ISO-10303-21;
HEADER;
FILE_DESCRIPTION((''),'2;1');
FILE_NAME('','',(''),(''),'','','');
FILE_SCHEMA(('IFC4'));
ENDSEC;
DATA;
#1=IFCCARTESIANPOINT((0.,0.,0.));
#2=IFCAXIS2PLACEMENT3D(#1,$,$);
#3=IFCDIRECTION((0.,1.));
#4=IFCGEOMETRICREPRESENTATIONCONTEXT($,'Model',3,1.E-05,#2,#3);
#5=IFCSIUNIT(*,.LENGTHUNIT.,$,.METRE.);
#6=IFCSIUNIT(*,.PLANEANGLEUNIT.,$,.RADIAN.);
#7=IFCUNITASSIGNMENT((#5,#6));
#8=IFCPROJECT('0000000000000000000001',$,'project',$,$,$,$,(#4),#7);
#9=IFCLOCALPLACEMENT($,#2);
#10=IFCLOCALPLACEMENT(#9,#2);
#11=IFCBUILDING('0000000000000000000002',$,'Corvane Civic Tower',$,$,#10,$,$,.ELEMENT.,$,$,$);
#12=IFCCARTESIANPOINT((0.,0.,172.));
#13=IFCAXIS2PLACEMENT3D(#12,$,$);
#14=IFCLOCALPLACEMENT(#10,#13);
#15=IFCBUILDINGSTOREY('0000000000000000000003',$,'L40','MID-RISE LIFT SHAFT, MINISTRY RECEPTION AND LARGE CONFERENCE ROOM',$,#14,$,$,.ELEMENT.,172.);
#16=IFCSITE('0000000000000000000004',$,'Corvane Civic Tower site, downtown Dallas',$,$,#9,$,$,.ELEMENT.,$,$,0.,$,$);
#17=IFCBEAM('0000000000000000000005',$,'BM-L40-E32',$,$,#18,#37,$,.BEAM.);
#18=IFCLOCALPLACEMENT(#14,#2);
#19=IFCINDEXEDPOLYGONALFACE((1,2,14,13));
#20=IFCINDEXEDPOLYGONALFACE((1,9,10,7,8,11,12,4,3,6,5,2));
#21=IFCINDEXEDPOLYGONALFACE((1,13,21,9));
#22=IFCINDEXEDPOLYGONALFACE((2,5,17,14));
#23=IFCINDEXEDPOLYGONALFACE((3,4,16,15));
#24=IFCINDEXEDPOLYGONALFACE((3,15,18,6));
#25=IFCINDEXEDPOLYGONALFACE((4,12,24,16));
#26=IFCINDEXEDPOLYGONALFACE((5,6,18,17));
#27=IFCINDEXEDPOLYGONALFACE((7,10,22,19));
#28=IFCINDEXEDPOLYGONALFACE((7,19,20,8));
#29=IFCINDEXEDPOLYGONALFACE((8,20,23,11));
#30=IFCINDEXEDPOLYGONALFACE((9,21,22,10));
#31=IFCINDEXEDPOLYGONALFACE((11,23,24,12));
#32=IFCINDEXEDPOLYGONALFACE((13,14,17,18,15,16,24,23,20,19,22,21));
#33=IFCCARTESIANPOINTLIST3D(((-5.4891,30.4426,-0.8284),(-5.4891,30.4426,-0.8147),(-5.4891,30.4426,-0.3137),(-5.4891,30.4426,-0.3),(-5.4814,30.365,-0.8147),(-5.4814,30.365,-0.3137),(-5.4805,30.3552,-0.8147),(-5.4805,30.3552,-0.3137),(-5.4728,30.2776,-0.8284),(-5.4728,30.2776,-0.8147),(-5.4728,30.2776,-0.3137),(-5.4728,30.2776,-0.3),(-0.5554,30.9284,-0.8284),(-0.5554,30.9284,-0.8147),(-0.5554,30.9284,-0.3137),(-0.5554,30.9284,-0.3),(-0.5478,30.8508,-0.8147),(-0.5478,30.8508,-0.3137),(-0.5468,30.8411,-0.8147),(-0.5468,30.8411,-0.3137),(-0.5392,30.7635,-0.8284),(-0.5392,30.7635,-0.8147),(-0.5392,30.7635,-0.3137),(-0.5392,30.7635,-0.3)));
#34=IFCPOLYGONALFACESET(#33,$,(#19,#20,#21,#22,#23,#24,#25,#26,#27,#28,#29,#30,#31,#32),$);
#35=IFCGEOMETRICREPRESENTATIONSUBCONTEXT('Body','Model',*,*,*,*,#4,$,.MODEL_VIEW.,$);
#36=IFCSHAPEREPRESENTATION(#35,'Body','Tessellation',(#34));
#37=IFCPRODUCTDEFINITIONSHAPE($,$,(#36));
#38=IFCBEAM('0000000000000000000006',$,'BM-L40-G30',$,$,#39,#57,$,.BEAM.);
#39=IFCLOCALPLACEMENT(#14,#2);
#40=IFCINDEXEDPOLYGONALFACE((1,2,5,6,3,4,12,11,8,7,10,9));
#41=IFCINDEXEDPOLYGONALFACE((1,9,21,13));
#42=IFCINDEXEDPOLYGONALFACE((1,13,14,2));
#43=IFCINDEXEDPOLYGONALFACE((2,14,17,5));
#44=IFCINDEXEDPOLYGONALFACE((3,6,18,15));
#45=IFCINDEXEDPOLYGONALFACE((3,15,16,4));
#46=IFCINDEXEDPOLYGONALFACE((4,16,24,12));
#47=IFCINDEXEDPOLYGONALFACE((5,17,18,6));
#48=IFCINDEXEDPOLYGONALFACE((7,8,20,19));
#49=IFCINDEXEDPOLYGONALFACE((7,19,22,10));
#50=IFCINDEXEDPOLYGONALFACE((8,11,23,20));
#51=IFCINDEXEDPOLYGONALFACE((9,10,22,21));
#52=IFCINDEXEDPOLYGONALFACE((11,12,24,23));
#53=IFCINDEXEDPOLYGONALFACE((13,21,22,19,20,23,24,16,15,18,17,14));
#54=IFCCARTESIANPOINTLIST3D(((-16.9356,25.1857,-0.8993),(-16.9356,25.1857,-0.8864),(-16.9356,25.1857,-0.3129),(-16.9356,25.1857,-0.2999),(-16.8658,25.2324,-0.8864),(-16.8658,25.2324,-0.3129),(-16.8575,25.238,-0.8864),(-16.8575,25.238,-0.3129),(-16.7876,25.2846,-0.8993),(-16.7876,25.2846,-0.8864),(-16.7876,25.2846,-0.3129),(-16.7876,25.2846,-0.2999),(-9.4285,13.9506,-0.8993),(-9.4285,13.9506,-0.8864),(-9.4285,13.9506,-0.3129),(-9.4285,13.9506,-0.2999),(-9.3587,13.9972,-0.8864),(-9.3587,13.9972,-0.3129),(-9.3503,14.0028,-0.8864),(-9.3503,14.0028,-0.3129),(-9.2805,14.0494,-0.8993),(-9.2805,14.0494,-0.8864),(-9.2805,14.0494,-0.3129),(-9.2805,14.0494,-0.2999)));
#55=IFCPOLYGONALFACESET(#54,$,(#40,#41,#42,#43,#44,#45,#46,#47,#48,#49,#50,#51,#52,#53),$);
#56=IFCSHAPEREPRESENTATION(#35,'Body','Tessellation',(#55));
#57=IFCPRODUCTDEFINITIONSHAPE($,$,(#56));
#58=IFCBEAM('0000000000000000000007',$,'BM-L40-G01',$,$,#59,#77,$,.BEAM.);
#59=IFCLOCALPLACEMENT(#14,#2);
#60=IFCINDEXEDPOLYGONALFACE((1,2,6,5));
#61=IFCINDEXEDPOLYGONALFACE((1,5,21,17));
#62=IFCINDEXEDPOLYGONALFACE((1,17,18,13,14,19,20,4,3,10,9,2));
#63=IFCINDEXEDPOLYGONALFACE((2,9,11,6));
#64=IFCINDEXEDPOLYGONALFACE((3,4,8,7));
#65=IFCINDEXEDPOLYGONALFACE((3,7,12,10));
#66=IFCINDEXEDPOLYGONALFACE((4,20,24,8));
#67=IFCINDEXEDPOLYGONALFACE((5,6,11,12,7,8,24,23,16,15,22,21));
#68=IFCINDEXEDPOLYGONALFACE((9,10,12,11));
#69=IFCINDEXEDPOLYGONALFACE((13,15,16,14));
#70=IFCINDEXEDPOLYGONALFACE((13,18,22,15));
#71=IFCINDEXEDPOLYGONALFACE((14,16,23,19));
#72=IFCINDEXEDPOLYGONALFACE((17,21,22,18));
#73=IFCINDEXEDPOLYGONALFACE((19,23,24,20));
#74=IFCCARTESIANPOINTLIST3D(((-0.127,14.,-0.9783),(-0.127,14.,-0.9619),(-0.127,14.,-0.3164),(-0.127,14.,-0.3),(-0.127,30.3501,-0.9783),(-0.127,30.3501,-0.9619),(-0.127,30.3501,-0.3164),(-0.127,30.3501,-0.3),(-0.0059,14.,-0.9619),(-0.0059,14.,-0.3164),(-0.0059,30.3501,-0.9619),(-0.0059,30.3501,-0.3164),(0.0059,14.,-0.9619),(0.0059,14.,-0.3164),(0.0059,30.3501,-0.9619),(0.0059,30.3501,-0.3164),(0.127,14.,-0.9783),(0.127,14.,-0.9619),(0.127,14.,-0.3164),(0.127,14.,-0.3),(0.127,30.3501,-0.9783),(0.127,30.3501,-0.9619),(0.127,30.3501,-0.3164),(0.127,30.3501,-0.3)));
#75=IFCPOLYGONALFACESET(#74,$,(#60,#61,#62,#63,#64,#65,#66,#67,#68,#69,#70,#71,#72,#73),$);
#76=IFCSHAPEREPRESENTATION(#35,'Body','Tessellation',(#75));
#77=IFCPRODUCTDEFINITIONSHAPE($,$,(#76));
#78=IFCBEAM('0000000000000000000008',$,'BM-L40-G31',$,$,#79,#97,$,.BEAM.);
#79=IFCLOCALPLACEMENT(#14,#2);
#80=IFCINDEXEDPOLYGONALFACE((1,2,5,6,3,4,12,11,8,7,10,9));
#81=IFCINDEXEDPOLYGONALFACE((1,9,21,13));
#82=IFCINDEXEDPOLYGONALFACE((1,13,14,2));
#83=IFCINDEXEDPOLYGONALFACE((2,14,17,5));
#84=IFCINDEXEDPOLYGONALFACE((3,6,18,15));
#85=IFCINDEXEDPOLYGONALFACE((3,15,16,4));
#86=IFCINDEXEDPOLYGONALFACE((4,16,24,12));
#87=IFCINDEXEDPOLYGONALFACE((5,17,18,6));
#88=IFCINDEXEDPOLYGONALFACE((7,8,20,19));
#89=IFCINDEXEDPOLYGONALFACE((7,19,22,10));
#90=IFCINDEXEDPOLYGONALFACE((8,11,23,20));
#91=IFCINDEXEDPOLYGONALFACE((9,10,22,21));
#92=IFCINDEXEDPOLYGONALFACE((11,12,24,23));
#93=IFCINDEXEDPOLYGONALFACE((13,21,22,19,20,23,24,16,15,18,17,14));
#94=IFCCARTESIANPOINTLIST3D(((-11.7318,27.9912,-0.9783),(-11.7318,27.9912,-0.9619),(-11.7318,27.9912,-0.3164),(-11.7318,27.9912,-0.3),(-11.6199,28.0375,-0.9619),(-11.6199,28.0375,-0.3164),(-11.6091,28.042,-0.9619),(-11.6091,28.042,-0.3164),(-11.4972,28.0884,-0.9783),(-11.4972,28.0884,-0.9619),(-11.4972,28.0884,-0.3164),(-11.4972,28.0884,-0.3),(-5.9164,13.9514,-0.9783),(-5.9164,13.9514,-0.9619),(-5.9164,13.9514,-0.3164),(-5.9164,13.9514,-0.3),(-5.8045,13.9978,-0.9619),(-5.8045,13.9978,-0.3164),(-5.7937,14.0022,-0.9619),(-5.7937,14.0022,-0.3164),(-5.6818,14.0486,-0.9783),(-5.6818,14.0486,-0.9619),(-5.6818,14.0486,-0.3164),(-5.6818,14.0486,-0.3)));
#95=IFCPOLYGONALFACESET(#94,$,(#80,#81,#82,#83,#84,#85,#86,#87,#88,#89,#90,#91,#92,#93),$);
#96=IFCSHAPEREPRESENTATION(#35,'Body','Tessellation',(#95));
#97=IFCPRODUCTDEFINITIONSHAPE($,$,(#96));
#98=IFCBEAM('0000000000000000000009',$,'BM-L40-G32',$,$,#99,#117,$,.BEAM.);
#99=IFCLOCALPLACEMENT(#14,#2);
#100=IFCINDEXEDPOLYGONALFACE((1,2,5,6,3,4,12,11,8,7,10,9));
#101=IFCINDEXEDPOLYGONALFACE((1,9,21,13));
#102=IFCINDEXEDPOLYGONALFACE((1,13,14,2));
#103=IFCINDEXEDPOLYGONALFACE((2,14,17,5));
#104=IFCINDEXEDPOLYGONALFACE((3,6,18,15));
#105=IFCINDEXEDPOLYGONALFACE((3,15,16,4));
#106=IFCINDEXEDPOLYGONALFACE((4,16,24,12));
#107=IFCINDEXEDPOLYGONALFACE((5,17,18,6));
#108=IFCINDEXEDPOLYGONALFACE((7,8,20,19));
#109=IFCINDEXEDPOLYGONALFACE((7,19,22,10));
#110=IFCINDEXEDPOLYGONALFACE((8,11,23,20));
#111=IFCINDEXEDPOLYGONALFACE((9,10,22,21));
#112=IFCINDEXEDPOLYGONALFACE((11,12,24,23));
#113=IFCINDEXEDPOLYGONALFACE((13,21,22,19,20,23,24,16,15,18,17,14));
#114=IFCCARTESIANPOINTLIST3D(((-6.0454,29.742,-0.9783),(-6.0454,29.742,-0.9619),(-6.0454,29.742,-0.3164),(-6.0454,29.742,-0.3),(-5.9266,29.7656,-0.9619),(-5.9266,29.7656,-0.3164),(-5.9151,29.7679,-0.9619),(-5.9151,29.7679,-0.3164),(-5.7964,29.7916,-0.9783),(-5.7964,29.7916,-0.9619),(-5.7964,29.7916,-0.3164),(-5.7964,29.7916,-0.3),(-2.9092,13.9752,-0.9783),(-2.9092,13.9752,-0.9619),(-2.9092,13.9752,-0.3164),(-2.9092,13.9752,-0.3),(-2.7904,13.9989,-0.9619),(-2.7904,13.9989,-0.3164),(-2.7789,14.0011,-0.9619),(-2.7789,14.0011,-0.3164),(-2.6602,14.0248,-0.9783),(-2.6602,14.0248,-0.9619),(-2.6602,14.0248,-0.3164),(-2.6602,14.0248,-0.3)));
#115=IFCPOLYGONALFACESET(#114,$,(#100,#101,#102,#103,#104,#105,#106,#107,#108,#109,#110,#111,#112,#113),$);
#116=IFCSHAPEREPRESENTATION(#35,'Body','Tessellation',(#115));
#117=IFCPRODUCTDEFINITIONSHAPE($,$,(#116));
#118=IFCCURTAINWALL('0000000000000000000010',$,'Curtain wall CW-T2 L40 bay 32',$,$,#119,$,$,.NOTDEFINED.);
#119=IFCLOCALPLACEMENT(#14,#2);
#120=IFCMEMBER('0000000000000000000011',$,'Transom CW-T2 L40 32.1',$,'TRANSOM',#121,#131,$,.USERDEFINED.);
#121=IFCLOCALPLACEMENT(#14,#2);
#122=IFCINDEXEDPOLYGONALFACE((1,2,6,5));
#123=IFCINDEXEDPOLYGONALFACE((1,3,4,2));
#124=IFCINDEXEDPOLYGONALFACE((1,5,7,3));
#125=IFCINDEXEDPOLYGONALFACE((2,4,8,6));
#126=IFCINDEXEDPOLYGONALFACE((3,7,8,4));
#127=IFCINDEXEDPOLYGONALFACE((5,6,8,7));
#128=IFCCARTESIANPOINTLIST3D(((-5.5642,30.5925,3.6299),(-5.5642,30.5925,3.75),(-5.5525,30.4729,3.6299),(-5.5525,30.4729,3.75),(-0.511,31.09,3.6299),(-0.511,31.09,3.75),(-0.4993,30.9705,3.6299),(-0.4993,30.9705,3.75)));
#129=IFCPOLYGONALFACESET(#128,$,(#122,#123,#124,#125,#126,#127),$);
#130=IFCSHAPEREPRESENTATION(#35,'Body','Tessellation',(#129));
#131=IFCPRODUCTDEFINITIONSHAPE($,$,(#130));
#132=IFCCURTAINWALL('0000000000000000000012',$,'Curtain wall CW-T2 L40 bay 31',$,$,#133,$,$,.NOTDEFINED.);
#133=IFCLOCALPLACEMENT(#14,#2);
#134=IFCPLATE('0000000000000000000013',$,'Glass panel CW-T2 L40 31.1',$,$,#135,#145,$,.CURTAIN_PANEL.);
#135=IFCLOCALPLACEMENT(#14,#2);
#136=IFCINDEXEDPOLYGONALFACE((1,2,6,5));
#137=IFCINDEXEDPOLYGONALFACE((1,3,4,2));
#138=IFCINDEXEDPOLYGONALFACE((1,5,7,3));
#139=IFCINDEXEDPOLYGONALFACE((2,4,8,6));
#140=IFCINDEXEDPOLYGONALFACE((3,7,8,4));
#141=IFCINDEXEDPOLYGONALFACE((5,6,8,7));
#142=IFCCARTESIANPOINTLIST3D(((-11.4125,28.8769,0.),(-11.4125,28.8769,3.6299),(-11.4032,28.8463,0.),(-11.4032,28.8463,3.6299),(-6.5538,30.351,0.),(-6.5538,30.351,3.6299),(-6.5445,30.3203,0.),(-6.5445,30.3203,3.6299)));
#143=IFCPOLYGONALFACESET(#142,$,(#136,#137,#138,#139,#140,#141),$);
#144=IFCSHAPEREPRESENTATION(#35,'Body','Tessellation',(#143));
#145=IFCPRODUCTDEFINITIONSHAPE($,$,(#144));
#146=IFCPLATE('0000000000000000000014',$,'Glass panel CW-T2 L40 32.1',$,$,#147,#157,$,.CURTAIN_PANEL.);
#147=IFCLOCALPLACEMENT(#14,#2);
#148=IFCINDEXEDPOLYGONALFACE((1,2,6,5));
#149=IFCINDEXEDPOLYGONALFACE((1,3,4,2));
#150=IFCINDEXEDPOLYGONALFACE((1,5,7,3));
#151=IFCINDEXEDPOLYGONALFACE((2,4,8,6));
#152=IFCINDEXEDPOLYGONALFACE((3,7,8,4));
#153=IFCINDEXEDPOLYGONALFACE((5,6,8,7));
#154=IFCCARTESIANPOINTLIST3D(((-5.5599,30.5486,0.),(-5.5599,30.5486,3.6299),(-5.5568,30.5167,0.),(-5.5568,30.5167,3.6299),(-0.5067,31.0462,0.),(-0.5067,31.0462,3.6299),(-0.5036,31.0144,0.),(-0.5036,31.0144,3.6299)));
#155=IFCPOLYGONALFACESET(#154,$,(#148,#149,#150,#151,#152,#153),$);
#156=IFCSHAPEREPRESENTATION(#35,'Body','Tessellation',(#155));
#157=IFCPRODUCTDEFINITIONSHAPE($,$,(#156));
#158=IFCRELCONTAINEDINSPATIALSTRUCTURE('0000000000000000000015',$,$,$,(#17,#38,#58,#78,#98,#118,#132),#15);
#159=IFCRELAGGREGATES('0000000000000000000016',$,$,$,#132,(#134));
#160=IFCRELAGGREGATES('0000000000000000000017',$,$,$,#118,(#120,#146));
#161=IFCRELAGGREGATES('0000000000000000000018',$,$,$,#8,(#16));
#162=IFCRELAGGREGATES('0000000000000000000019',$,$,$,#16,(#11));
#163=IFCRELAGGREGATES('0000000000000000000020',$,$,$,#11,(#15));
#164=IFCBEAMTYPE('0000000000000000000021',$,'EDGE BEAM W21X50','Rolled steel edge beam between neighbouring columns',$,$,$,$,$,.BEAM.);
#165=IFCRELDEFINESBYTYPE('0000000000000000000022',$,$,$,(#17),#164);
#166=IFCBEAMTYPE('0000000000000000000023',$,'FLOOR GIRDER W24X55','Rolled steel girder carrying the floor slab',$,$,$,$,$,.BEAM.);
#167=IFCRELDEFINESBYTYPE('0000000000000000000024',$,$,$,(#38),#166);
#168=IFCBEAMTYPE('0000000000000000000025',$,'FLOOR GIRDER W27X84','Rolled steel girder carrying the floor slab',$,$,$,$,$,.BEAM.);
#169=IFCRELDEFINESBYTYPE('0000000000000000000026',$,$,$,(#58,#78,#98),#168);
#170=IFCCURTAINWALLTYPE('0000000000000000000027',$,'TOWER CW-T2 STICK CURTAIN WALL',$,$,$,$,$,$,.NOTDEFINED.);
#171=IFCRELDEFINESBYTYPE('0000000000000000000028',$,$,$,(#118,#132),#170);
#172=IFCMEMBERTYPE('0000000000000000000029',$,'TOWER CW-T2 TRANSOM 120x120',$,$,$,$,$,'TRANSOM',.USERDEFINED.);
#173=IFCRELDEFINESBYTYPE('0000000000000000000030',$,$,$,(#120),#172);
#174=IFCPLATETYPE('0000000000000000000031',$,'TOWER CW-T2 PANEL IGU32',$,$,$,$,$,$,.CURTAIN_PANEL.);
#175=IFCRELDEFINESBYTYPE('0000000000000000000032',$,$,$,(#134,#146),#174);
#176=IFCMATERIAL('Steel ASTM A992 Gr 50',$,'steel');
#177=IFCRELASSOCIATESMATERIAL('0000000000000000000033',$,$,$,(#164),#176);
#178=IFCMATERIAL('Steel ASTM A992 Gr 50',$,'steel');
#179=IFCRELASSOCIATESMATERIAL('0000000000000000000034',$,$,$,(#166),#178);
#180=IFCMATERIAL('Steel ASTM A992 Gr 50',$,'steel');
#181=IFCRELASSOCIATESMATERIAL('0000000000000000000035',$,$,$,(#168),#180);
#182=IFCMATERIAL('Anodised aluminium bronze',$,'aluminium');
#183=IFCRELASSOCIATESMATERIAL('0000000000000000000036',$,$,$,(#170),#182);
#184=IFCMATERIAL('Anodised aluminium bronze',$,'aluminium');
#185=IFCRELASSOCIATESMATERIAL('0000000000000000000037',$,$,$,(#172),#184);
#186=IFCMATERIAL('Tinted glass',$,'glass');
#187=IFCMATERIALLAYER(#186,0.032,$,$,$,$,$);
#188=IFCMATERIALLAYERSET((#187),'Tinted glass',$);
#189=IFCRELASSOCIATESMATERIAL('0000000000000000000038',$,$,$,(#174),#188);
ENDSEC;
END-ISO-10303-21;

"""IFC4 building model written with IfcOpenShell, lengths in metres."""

from ifc_helpers import new_model, si_unit, direction, frame, origin, origin_2d, place, context, subcontext, project, spatial, rectangle, i_section, extrude, material, layer, layer_set, material_profile, profile_set, type_object, element, aggregate, save


model = new_model("IFC4")

# Units and contexts
model_context = context("Model", 3, precision=1e-05, world=origin(), true_north=direction((0.0, 1.0)))
body_context = subcontext(model_context, "Body", "Model", "MODEL_VIEW")
ifc_project = project(units=[si_unit("LENGTHUNIT", "METRE"), si_unit("PLANEANGLEUNIT", "RADIAN")], contexts=[model_context])

# Site, building, storey
site_placement = place(None, origin())
site = spatial("IfcSite", under=ifc_project, at=site_placement, Name="Corvane Civic Tower site, downtown Dallas", CompositionType="ELEMENT", RefElevation=0.0)
building_placement = place(site_placement, origin())
building = spatial("IfcBuilding", under=site, at=building_placement, Name="Corvane Civic Tower", CompositionType="ELEMENT")
storey_placement = place(building_placement, frame((0.0, 0.0, 172.0)))
storey = spatial("IfcBuildingStorey", under=building, at=storey_placement, Name="L40", Description="MID-RISE LIFT SHAFT, MINISTRY RECEPTION AND LARGE CONFERENCE ROOM", CompositionType="ELEMENT", Elevation=172.0)

# Beams
ifc_material_1 = material(Name="Steel ASTM A992 Gr 50", Category="steel")
ifc_material_profile_1 = material_profile(ifc_material_1, i_section(OverallWidth=0.1658, OverallDepth=0.5283, WebThickness=0.0098, FlangeThickness=0.0137, at=origin_2d()), Name="W21X50")
ifc_profile_set_1 = profile_set([ifc_material_profile_1], Name="Steel ASTM A992 Gr 50")
beam_type_1 = type_object("IfcBeamType", Name="EDGE BEAM W21X50", Description="Rolled steel edge beam between neighbouring columns", PredefinedType="BEAM", material=ifc_profile_set_1)
beam_1_placement = place(storey_placement, frame((-5.481, 30.3601, -0.5642), z_axis=(0.995186, 0.098002, 0.0), x_axis=(-0.098002, 0.995186, 0.0)))
element("IfcBeam", 1, at=beam_1_placement, inside=storey, type_object=beam_type_1, Name="BM-L40-E32", PredefinedType="BEAM", context=body_context, shape_type="SweptSolid", body=[
    extrude(i_section(OverallWidth=0.1658, OverallDepth=0.5283, WebThickness=0.0098, FlangeThickness=0.0137, at=origin_2d()), origin(), (0.0, 0.0, 1.0), 4.9575),
])
ifc_material_2 = material(Name="Steel ASTM A992 Gr 50", Category="steel")
ifc_material_profile_2 = material_profile(ifc_material_2, i_section(OverallWidth=0.178, OverallDepth=0.5994, WebThickness=0.01, FlangeThickness=0.0129, at=origin_2d()), Name="W24X55")
ifc_profile_set_2 = profile_set([ifc_material_profile_2], Name="Steel ASTM A992 Gr 50")
beam_type_2 = type_object("IfcBeamType", Name="FLOOR GIRDER W24X55", Description="Rolled steel girder carrying the floor slab", PredefinedType="BEAM", material=ifc_profile_set_2)
beam_2_placement = place(storey_placement, frame((-9.3545, 14.0, -0.5996), z_axis=(-0.555571, 0.831469, 0.0), x_axis=(-0.831469, -0.555571, 0.0)))
element("IfcBeam", 2, at=beam_2_placement, inside=storey, type_object=beam_type_2, Name="BM-L40-G30", PredefinedType="BEAM", context=body_context, shape_type="SweptSolid", body=[
    extrude(i_section(OverallWidth=0.178, OverallDepth=0.5994, WebThickness=0.01, FlangeThickness=0.0129, at=origin_2d()), origin(), (0.0, 0.0, 1.0), 13.5125),
])
ifc_material_3 = material(Name="Steel ASTM A992 Gr 50", Category="steel")
ifc_material_profile_3 = material_profile(ifc_material_3, i_section(OverallWidth=0.2539, OverallDepth=0.6782, WebThickness=0.0117, FlangeThickness=0.0164, at=origin_2d()), Name="W27X84")
ifc_profile_set_3 = profile_set([ifc_material_profile_3], Name="Steel ASTM A992 Gr 50")
beam_type_3 = type_object("IfcBeamType", Name="FLOOR GIRDER W27X84", Description="Rolled steel girder carrying the floor slab", PredefinedType="BEAM", material=ifc_profile_set_3)
beam_3_placement = place(storey_placement, frame((0.0, 14.0, -0.6392), z_axis=(0.0, 1.0, 0.0), x_axis=(-1.0, 0.0, 0.0)))
element("IfcBeam", 3, at=beam_3_placement, inside=storey, type_object=beam_type_3, Name="BM-L40-G01", PredefinedType="BEAM", context=body_context, shape_type="SweptSolid", body=[
    extrude(i_section(OverallWidth=0.2539, OverallDepth=0.6782, WebThickness=0.0117, FlangeThickness=0.0164, at=origin_2d()), origin(), (0.0, 0.0, 1.0), 16.3501),
])
beam_4_placement = place(storey_placement, frame((-5.7991, 14.0, -0.6392), z_axis=(-0.382681, 0.923881, 0.0), x_axis=(-0.923881, -0.382681, 0.0)))
element("IfcBeam", 4, at=beam_4_placement, inside=storey, type_object=beam_type_3, Name="BM-L40-G31", PredefinedType="BEAM", context=body_context, shape_type="SweptSolid", body=[
    extrude(i_section(OverallWidth=0.2539, OverallDepth=0.6782, WebThickness=0.0117, FlangeThickness=0.0164, at=origin_2d()), origin(), (0.0, 0.0, 1.0), 15.1965),
])
beam_5_placement = place(storey_placement, frame((-2.7847, 14.0, -0.6392), z_axis=(-0.195091, 0.980785, 0.0), x_axis=(-0.980785, -0.195091, 0.0)))
element("IfcBeam", 5, at=beam_5_placement, inside=storey, type_object=beam_type_3, Name="BM-L40-G32", PredefinedType="BEAM", context=body_context, shape_type="SweptSolid", body=[
    extrude(i_section(OverallWidth=0.2539, OverallDepth=0.6782, WebThickness=0.0117, FlangeThickness=0.0164, at=origin_2d()), origin(), (0.0, 0.0, 1.0), 16.0757),
])

# Curtain wall, member
ifc_material_4 = material(Name="Anodised aluminium bronze", Category="aluminium")
curtain_wall_type = type_object("IfcCurtainWallType", Name="TOWER CW-T2 STICK CURTAIN WALL", PredefinedType="NOTDEFINED", material=ifc_material_4)
curtain_wall_1_placement = place(storey_placement, origin())
curtain_wall_1 = element("IfcCurtainWall", 6, at=curtain_wall_1_placement, inside=storey, type_object=curtain_wall_type, Name="Curtain wall CW-T2 L40 bay 32", PredefinedType="NOTDEFINED")
ifc_material_5 = material(Name="Anodised aluminium bronze", Category="aluminium")
ifc_material_profile_4 = material_profile(ifc_material_5, rectangle(XDim=0.1201, YDim=0.1201, at=origin_2d()), Name="TOWER CW-T2 TRANSOM 120x120")
ifc_profile_set_4 = profile_set([ifc_material_profile_4], Name="Anodised aluminium bronze")
member_type = type_object("IfcMemberType", Name="TOWER CW-T2 TRANSOM 120x120", ElementType="TRANSOM", PredefinedType="USERDEFINED", material=ifc_profile_set_4)
member_placement = place(storey_placement, frame((-5.5583, 30.5327, 3.6899), z_axis=(0.995187, 0.09799, 0.0), x_axis=(-0.09799, 0.995187, 0.0)))
member = element("IfcMember", 7, at=member_placement, type_object=member_type, Name="Transom CW-T2 L40 32.1", ObjectType="TRANSOM", PredefinedType="USERDEFINED", context=body_context, shape_type="SweptSolid", body=[
    extrude(rectangle(XDim=0.1201, YDim=0.1201, at=origin_2d()), origin(), (0.0, 0.0, 1.0), 5.0776),
])

# Curtain wall, plate
curtain_wall_2_placement = place(storey_placement, origin())
curtain_wall_2 = element("IfcCurtainWall", 8, at=curtain_wall_2_placement, inside=storey, type_object=curtain_wall_type, Name="Curtain wall CW-T2 L40 bay 31", PredefinedType="NOTDEFINED")
ifc_material_6 = material(Name="Tinted glass", Category="glass")
ifc_layer_1 = layer(ifc_material_6, 0.032)
ifc_layer_set_1 = layer_set([ifc_layer_1], Name="Tinted glass")
plate_type = type_object("IfcPlateType", Name="TOWER CW-T2 PANEL IGU32", PredefinedType="CURTAIN_PANEL", material=ifc_layer_set_1)
plate_1_placement = place(storey_placement, frame((-8.9785, 29.5986, 0.0), z_axis=(0.0, 0.0, 1.0), x_axis=(0.956932, 0.290313, 0.0)))
plate_1 = element("IfcPlate", 9, at=plate_1_placement, type_object=plate_type, Name="Glass panel CW-T2 L40 31.1", PredefinedType="CURTAIN_PANEL", context=body_context, shape_type="SweptSolid", body=[
    extrude(rectangle(XDim=5.0774, YDim=0.032, at=origin_2d()), origin(), (0.0, 0.0, 1.0), 3.6299),
])
aggregate(curtain_wall_2, [plate_1])

# Plate
plate_2_placement = place(storey_placement, frame((-3.0317, 30.7815, 0.0), z_axis=(0.0, 0.0, 1.0), x_axis=(0.995185, 0.098012, 0.0)))
plate_2 = element("IfcPlate", 10, at=plate_2_placement, type_object=plate_type, Name="Glass panel CW-T2 L40 32.1", PredefinedType="CURTAIN_PANEL", context=body_context, shape_type="SweptSolid", body=[
    extrude(rectangle(XDim=5.0776, YDim=0.032, at=origin_2d()), origin(), (0.0, 0.0, 1.0), 3.6299),
])
aggregate(curtain_wall_1, [member, plate_2])

save(model, "model.ifc")
